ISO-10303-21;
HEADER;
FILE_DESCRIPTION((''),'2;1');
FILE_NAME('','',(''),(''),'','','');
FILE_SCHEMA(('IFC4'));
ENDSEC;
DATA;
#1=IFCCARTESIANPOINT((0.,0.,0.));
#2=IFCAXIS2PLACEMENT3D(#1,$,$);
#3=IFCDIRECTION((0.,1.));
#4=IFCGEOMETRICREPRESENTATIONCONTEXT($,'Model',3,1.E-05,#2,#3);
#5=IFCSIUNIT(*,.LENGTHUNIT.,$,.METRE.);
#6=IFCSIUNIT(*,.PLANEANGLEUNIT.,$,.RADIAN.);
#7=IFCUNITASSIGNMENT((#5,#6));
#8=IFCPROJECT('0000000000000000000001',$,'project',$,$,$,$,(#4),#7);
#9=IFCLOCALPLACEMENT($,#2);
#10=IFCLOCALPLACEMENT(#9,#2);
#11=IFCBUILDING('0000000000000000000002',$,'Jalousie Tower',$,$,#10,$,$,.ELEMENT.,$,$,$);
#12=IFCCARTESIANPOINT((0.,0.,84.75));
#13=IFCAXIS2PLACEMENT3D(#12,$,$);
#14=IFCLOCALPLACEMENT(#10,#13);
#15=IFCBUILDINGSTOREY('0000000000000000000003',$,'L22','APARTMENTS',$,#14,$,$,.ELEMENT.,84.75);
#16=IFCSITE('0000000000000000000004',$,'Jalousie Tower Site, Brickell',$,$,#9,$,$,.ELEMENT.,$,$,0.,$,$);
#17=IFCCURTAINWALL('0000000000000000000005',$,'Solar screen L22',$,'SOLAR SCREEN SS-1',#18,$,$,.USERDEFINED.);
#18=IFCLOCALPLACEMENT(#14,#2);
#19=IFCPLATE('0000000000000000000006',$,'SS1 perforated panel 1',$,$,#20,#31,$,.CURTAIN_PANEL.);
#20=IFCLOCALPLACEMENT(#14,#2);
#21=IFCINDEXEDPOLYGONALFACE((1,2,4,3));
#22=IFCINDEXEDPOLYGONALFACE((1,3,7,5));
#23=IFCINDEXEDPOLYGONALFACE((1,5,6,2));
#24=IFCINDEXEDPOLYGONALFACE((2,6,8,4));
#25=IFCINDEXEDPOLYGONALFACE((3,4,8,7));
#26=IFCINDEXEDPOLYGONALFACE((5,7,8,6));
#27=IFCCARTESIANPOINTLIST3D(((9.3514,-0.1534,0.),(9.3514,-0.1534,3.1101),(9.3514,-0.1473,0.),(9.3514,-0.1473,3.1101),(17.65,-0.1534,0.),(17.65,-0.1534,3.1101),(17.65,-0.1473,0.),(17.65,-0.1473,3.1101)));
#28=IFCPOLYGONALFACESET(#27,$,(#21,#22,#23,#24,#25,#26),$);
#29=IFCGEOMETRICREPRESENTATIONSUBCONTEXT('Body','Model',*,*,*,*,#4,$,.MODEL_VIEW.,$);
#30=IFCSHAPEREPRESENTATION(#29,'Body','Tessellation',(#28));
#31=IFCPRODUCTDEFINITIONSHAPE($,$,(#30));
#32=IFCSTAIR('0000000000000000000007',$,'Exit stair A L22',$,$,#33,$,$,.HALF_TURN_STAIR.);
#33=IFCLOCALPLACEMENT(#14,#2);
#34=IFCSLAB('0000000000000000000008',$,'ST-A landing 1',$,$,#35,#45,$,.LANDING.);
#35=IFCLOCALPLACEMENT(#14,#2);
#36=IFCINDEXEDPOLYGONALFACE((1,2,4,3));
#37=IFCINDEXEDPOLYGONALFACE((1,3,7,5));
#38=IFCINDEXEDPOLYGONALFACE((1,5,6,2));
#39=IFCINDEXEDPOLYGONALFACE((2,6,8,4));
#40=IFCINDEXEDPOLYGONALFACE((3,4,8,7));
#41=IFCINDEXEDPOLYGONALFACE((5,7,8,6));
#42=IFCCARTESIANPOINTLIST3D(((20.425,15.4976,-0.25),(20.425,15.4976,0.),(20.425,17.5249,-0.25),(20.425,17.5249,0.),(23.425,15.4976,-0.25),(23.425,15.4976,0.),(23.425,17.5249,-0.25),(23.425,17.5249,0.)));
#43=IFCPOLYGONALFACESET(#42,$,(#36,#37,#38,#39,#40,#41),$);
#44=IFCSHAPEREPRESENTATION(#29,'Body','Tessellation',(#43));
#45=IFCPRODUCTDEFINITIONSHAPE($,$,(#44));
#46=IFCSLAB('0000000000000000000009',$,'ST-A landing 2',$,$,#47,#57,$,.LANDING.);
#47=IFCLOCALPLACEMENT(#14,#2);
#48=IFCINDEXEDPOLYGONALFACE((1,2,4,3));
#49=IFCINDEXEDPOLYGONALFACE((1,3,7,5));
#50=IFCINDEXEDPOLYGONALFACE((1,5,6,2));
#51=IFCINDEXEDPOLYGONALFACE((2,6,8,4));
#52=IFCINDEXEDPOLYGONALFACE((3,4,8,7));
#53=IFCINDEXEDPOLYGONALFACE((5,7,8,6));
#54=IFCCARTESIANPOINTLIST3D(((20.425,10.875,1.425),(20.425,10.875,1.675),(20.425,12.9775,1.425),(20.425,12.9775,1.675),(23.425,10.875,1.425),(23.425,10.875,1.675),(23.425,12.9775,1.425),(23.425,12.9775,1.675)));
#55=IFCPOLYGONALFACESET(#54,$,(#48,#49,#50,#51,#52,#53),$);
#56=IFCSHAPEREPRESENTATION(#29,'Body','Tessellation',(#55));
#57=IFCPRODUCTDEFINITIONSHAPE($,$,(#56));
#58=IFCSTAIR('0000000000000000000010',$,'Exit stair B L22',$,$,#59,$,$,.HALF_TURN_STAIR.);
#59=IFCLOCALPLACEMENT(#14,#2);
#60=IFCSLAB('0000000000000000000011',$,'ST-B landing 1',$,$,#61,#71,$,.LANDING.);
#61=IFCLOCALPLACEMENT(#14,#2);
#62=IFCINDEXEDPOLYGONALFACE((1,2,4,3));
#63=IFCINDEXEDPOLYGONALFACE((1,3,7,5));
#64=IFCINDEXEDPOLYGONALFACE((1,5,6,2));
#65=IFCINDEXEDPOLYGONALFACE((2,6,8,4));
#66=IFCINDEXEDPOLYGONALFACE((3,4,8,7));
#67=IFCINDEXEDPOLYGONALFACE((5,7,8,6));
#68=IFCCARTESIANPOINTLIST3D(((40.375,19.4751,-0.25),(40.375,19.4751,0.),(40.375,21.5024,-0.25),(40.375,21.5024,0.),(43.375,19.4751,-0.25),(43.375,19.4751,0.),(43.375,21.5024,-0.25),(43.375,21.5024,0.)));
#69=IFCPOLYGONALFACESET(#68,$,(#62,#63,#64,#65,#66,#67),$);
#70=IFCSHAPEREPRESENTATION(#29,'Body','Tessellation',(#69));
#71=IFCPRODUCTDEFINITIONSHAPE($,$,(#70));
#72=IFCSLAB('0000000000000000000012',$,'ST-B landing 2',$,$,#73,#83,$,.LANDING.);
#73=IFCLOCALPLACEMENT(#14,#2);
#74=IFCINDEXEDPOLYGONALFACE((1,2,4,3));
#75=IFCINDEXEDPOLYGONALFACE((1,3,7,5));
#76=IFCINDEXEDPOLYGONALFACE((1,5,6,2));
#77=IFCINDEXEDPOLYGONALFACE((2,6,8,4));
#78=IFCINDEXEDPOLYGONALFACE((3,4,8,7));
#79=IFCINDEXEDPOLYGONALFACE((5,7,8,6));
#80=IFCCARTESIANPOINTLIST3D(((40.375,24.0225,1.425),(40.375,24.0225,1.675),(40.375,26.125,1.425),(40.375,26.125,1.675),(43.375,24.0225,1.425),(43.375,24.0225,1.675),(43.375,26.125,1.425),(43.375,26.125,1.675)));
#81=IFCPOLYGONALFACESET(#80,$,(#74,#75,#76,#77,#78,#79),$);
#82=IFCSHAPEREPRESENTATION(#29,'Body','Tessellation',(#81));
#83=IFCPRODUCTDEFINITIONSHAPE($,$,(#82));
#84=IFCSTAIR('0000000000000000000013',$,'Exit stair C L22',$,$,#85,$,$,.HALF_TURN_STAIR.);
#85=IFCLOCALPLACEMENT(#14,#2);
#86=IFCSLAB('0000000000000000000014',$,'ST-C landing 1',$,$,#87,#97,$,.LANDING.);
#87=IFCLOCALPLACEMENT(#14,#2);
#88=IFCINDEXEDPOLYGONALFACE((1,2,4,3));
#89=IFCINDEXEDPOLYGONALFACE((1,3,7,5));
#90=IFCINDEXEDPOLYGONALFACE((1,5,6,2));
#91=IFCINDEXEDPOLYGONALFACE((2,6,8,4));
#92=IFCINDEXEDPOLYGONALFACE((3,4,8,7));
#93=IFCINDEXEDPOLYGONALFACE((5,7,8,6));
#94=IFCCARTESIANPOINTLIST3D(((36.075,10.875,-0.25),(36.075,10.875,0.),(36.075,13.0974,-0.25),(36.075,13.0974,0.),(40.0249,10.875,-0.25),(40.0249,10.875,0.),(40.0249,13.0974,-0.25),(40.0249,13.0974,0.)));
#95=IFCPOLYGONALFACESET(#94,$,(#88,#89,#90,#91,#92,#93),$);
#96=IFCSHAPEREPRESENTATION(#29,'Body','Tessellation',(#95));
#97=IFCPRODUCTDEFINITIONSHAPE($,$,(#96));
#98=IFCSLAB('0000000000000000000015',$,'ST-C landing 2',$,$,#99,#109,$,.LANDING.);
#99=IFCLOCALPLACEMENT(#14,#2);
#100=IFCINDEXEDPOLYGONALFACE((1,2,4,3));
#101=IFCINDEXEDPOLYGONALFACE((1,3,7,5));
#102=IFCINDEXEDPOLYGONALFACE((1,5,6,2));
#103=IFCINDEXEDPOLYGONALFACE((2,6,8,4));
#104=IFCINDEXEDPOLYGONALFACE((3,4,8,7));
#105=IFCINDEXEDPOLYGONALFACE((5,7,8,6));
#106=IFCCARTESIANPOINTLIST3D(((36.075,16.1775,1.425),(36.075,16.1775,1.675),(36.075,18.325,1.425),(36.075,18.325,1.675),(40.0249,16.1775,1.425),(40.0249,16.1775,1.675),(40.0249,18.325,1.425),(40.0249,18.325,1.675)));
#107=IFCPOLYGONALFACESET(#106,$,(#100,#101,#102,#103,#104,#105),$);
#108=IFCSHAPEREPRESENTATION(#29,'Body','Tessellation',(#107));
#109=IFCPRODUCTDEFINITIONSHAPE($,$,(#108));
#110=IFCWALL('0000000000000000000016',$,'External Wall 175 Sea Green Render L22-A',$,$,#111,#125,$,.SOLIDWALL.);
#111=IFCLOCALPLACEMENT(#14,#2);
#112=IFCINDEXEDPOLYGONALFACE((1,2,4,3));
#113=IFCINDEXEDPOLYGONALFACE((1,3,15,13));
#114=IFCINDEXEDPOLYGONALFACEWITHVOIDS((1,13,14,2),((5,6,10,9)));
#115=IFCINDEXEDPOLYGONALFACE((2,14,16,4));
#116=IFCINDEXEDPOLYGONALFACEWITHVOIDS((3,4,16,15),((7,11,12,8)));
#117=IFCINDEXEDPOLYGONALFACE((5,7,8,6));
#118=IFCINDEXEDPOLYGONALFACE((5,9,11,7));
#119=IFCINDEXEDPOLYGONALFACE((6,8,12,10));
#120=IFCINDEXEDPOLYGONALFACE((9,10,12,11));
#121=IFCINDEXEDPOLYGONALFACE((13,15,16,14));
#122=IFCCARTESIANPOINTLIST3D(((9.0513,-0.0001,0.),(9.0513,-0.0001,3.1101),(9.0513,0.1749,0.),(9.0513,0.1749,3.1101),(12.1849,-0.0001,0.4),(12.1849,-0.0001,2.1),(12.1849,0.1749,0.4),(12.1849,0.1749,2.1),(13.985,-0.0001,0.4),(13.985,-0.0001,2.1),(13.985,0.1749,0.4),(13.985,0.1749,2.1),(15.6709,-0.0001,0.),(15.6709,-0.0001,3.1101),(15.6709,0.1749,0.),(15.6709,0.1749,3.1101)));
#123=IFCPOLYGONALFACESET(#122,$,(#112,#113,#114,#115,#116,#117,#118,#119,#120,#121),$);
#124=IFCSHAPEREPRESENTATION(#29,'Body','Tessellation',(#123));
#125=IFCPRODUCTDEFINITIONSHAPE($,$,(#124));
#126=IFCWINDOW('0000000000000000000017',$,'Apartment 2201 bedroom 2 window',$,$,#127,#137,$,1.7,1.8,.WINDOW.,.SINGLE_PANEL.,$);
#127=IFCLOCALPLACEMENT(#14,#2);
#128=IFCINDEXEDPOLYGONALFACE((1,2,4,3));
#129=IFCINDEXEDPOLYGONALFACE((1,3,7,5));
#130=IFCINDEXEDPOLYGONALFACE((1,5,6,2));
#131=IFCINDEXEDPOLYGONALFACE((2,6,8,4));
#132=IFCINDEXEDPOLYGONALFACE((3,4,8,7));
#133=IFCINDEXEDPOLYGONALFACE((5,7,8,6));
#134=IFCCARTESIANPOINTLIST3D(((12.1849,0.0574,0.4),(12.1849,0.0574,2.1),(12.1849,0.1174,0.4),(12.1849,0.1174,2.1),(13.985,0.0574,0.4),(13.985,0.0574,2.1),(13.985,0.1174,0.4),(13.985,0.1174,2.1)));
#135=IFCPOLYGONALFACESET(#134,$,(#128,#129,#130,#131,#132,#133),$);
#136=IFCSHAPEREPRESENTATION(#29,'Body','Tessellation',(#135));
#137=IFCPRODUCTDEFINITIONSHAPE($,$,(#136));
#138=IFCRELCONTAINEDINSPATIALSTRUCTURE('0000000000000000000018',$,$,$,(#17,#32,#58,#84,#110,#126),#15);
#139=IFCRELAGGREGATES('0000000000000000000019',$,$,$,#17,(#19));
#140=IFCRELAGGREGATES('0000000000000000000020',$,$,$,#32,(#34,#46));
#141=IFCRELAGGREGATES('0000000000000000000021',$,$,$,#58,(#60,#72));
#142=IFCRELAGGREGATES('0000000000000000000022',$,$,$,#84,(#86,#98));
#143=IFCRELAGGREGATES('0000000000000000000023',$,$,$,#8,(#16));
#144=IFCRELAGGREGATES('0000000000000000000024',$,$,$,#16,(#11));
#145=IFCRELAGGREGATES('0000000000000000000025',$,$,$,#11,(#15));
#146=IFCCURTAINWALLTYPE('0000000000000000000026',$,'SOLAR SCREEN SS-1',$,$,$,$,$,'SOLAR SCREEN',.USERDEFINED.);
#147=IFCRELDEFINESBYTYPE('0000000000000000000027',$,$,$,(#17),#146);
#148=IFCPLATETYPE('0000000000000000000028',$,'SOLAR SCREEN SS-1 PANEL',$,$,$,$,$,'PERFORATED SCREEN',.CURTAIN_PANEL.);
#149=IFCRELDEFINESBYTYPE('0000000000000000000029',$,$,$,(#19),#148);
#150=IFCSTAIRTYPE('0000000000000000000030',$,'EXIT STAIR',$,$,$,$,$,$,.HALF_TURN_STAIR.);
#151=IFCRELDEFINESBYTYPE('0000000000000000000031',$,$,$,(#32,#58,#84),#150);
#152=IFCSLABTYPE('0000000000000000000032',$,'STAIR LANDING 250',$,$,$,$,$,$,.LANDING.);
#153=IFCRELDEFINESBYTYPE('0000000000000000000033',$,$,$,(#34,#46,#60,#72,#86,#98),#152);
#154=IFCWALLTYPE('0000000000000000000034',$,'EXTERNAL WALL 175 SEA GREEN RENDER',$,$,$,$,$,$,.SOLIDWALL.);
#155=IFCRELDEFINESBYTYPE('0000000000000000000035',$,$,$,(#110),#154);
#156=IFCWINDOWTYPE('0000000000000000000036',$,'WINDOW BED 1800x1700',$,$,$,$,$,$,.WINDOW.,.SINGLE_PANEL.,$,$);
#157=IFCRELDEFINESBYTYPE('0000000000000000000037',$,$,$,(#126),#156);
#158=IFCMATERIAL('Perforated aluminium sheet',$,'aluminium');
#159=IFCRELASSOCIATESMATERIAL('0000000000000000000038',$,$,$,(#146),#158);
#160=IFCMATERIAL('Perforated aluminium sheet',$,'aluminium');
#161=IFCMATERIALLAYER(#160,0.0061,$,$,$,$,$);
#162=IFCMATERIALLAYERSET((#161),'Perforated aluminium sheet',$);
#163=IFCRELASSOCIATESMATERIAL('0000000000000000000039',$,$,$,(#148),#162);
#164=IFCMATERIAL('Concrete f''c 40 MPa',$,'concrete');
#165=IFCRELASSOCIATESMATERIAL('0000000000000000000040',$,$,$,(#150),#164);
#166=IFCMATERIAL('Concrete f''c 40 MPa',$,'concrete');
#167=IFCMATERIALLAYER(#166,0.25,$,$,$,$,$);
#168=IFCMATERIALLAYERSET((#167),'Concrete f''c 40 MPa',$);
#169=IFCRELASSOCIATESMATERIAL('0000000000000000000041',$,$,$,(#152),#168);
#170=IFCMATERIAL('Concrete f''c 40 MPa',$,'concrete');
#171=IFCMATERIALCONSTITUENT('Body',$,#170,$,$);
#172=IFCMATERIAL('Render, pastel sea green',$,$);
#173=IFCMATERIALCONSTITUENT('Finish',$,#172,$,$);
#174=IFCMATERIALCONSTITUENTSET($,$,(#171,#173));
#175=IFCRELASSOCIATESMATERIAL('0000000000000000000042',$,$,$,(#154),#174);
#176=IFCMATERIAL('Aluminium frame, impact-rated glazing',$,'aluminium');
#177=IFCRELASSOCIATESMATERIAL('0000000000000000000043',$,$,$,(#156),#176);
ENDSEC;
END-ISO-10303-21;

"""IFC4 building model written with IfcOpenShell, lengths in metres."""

from ifc_helpers import new_model, si_unit, direction, frame, frame_2d, origin, origin_2d, place, context, subcontext, project, spatial, polyline, rectangle, outline, extrude, material, layer, layer_set, constituent, constituent_set, type_object, element, fill, aggregate, save


model = new_model("IFC4")

# Units and contexts
model_context = context("Model", 3, precision=1e-05, world=origin(), true_north=direction((0.0, 1.0)))
body_context = subcontext(model_context, "Body", "Model", "MODEL_VIEW")
ifc_project = project(units=[si_unit("LENGTHUNIT", "METRE"), si_unit("PLANEANGLEUNIT", "RADIAN")], contexts=[model_context])

# Site, building, storey
site_placement = place(None, origin())
site = spatial("IfcSite", under=ifc_project, at=site_placement, Name="Jalousie Tower Site, Brickell", CompositionType="ELEMENT", RefElevation=0.0)
building_placement = place(site_placement, origin())
building = spatial("IfcBuilding", under=site, at=building_placement, Name="Jalousie Tower", CompositionType="ELEMENT")
storey_placement = place(building_placement, frame((0.0, 0.0, 84.75)))
storey = spatial("IfcBuildingStorey", under=building, at=storey_placement, Name="L22", Description="APARTMENTS", CompositionType="ELEMENT", Elevation=84.75)

# Curtain wall
ifc_material_1 = material(Name="Perforated aluminium sheet", Category="aluminium")
curtain_wall_type_1 = type_object("IfcCurtainWallType", Name="SOLAR SCREEN SS-1", ElementType="SOLAR SCREEN", PredefinedType="USERDEFINED", material=ifc_material_1)
curtain_wall_1_placement = place(storey_placement, origin())
curtain_wall_1 = element("IfcCurtainWall", 1, at=curtain_wall_1_placement, inside=storey, type_object=curtain_wall_type_1, Name="Solar screen L22", ObjectType="SOLAR SCREEN SS-1", PredefinedType="USERDEFINED")

# Plate
ifc_material_2 = material(Name="Perforated aluminium sheet", Category="aluminium")
ifc_layer_1 = layer(ifc_material_2, 0.0061)
ifc_layer_set_1 = layer_set([ifc_layer_1], Name="Perforated aluminium sheet")
plate_type_1 = type_object("IfcPlateType", Name="SOLAR SCREEN SS-1 PANEL", ElementType="PERFORATED SCREEN", PredefinedType="CURTAIN_PANEL", material=ifc_layer_set_1)
plate_1_placement = place(storey_placement, frame((13.5007, -0.1504, 0.0), z_axis=(0.0, 0.0, 1.0), x_axis=(1.0, 0.0, 0.0)))
plate_1 = element("IfcPlate", 2, at=plate_1_placement, type_object=plate_type_1, Name="SS1 perforated panel 1", PredefinedType="CURTAIN_PANEL", context=body_context, shape_type="SweptSolid", body=[
    extrude(rectangle(XDim=8.2986, YDim=0.0061, at=origin_2d()), origin(), (0.0, 0.0, 1.0), 3.1101),
])
aggregate(curtain_wall_1, [plate_1])

# Stairs, slabs
ifc_material_3 = material(Name="Concrete f'c 40 MPa", Category="concrete")
stair_type = type_object("IfcStairType", Name="EXIT STAIR", PredefinedType="HALF_TURN_STAIR", material=ifc_material_3)
stair_1_placement = place(storey_placement, origin())
stair_1 = element("IfcStair", 3, at=stair_1_placement, inside=storey, type_object=stair_type, Name="Exit stair A L22", PredefinedType="HALF_TURN_STAIR")
ifc_material_4 = material(Name="Concrete f'c 40 MPa", Category="concrete")
ifc_layer_2 = layer(ifc_material_4, 0.25)
ifc_layer_set_2 = layer_set([ifc_layer_2], Name="Concrete f'c 40 MPa")
slab_type_1 = type_object("IfcSlabType", Name="STAIR LANDING 250", PredefinedType="LANDING", material=ifc_layer_set_2)
slab_1_placement = place(storey_placement, frame((0.0, 0.0, -0.25)))
slab_1 = element("IfcSlab", 4, at=slab_1_placement, type_object=slab_type_1, Name="ST-A landing 1", PredefinedType="LANDING", context=body_context, shape_type="SweptSolid", body=[
    extrude(outline(polyline([(20.425, 15.4976), (23.425, 15.4976), (23.425, 17.5249), (20.425, 17.5249), (20.425, 15.4976)])), origin(), (0.0, 0.0, 1.0), 0.25),
])
slab_2_placement = place(storey_placement, frame((0.0, 0.0, 1.425)))
slab_2 = element("IfcSlab", 5, at=slab_2_placement, type_object=slab_type_1, Name="ST-A landing 2", PredefinedType="LANDING", context=body_context, shape_type="SweptSolid", body=[
    extrude(outline(polyline([(20.425, 10.875), (23.425, 10.875), (23.425, 12.9775), (20.425, 12.9775), (20.425, 10.875)])), origin(), (0.0, 0.0, 1.0), 0.25),
])
aggregate(stair_1, [slab_1, slab_2])
stair_2_placement = place(storey_placement, origin())
stair_2 = element("IfcStair", 6, at=stair_2_placement, inside=storey, type_object=stair_type, Name="Exit stair B L22", PredefinedType="HALF_TURN_STAIR")
slab_3_placement = place(storey_placement, frame((0.0, 0.0, -0.25)))
slab_3 = element("IfcSlab", 7, at=slab_3_placement, type_object=slab_type_1, Name="ST-B landing 1", PredefinedType="LANDING", context=body_context, shape_type="SweptSolid", body=[
    extrude(outline(polyline([(40.375, 19.4751), (43.375, 19.4751), (43.375, 21.5024), (40.375, 21.5024), (40.375, 19.4751)])), origin(), (0.0, 0.0, 1.0), 0.25),
])
slab_4_placement = place(storey_placement, frame((0.0, 0.0, 1.425)))
slab_4 = element("IfcSlab", 8, at=slab_4_placement, type_object=slab_type_1, Name="ST-B landing 2", PredefinedType="LANDING", context=body_context, shape_type="SweptSolid", body=[
    extrude(outline(polyline([(40.375, 24.0225), (43.375, 24.0225), (43.375, 26.125), (40.375, 26.125), (40.375, 24.0225)])), origin(), (0.0, 0.0, 1.0), 0.25),
])
aggregate(stair_2, [slab_3, slab_4])
stair_3_placement = place(storey_placement, origin())
stair_3 = element("IfcStair", 9, at=stair_3_placement, inside=storey, type_object=stair_type, Name="Exit stair C L22", PredefinedType="HALF_TURN_STAIR")
slab_5_placement = place(storey_placement, frame((0.0, 0.0, -0.25)))
slab_5 = element("IfcSlab", 10, at=slab_5_placement, type_object=slab_type_1, Name="ST-C landing 1", PredefinedType="LANDING", context=body_context, shape_type="SweptSolid", body=[
    extrude(outline(polyline([(36.075, 10.875), (40.0249, 10.875), (40.0249, 13.0974), (36.075, 13.0974), (36.075, 10.875)])), origin(), (0.0, 0.0, 1.0), 0.25),
])
slab_6_placement = place(storey_placement, frame((0.0, 0.0, 1.425)))
slab_6 = element("IfcSlab", 11, at=slab_6_placement, type_object=slab_type_1, Name="ST-C landing 2", PredefinedType="LANDING", context=body_context, shape_type="SweptSolid", body=[
    extrude(outline(polyline([(36.075, 16.1775), (40.0249, 16.1775), (40.0249, 18.325), (36.075, 18.325), (36.075, 16.1775)])), origin(), (0.0, 0.0, 1.0), 0.25),
])
aggregate(stair_3, [slab_5, slab_6])

# Wall, opening, window
ifc_material_5 = material(Name="Concrete f'c 40 MPa", Category="concrete")
ifc_constituent_1 = constituent(ifc_material_5, Name="Body")
ifc_material_6 = material(Name="Render, pastel sea green")
ifc_constituent_2 = constituent(ifc_material_6, Name="Finish")
ifc_constituent_set_1 = constituent_set(constituents=[ifc_constituent_1, ifc_constituent_2])
wall_type_1 = type_object("IfcWallType", Name="EXTERNAL WALL 175 SEA GREEN RENDER", PredefinedType="SOLIDWALL", material=ifc_constituent_set_1)
wall_1_placement = place(storey_placement, frame((9.0513, 0.0874, 0.0), z_axis=(0.0, 0.0, 1.0), x_axis=(1.0, 0.0, 0.0)))
wall_1 = element("IfcWall", 12, at=wall_1_placement, inside=storey, type_object=wall_type_1, Name="External Wall 175 Sea Green Render L22-A", PredefinedType="SOLIDWALL", context=body_context, shape_type="SweptSolid", body=[
    extrude(rectangle(XDim=6.6196, YDim=0.175, at=frame_2d((3.3098, 0.0))), origin(), (0.0, 0.0, 1.0), 3.1101),
])
opening_1_placement = place(wall_1_placement, frame((3.1338, 0.0, 0.3999)))
opening_1 = element("IfcOpeningElement", 13, at=opening_1_placement, cuts=wall_1, PredefinedType="OPENING", context=body_context, shape_type="SweptSolid", body=[
    extrude(rectangle(XDim=1.8, YDim=1.7, at=frame_2d((0.8999, 0.8501))), frame((0.0, 0.0974, 0.0), z_axis=(0.0, -1.0, 0.0), x_axis=(1.0, 0.0, 0.0)), (0.0, 0.0, 1.0), 0.1951),
])
ifc_material_7 = material(Name="Aluminium frame, impact-rated glazing", Category="aluminium")
window_type = type_object("IfcWindowType", Name="WINDOW BED 1800x1700", PartitioningType="SINGLE_PANEL", PredefinedType="WINDOW", material=ifc_material_7)
window_placement = place(opening_1_placement, origin())
window = element("IfcWindow", 14, at=window_placement, inside=storey, type_object=window_type, Name="Apartment 2201 bedroom 2 window", OverallHeight=1.7, OverallWidth=1.8, PartitioningType="SINGLE_PANEL", PredefinedType="WINDOW", context=body_context, shape_type="SweptSolid", body=[
    extrude(rectangle(XDim=1.8, YDim=1.7, at=frame_2d((0.8999, 0.8501))), frame((0.0, 0.03, 0.0), z_axis=(0.0, -1.0, 0.0), x_axis=(1.0, 0.0, 0.0)), (0.0, 0.0, 1.0), 0.0601),
])
fill(opening_1, window)

save(model, "model.ifc")
